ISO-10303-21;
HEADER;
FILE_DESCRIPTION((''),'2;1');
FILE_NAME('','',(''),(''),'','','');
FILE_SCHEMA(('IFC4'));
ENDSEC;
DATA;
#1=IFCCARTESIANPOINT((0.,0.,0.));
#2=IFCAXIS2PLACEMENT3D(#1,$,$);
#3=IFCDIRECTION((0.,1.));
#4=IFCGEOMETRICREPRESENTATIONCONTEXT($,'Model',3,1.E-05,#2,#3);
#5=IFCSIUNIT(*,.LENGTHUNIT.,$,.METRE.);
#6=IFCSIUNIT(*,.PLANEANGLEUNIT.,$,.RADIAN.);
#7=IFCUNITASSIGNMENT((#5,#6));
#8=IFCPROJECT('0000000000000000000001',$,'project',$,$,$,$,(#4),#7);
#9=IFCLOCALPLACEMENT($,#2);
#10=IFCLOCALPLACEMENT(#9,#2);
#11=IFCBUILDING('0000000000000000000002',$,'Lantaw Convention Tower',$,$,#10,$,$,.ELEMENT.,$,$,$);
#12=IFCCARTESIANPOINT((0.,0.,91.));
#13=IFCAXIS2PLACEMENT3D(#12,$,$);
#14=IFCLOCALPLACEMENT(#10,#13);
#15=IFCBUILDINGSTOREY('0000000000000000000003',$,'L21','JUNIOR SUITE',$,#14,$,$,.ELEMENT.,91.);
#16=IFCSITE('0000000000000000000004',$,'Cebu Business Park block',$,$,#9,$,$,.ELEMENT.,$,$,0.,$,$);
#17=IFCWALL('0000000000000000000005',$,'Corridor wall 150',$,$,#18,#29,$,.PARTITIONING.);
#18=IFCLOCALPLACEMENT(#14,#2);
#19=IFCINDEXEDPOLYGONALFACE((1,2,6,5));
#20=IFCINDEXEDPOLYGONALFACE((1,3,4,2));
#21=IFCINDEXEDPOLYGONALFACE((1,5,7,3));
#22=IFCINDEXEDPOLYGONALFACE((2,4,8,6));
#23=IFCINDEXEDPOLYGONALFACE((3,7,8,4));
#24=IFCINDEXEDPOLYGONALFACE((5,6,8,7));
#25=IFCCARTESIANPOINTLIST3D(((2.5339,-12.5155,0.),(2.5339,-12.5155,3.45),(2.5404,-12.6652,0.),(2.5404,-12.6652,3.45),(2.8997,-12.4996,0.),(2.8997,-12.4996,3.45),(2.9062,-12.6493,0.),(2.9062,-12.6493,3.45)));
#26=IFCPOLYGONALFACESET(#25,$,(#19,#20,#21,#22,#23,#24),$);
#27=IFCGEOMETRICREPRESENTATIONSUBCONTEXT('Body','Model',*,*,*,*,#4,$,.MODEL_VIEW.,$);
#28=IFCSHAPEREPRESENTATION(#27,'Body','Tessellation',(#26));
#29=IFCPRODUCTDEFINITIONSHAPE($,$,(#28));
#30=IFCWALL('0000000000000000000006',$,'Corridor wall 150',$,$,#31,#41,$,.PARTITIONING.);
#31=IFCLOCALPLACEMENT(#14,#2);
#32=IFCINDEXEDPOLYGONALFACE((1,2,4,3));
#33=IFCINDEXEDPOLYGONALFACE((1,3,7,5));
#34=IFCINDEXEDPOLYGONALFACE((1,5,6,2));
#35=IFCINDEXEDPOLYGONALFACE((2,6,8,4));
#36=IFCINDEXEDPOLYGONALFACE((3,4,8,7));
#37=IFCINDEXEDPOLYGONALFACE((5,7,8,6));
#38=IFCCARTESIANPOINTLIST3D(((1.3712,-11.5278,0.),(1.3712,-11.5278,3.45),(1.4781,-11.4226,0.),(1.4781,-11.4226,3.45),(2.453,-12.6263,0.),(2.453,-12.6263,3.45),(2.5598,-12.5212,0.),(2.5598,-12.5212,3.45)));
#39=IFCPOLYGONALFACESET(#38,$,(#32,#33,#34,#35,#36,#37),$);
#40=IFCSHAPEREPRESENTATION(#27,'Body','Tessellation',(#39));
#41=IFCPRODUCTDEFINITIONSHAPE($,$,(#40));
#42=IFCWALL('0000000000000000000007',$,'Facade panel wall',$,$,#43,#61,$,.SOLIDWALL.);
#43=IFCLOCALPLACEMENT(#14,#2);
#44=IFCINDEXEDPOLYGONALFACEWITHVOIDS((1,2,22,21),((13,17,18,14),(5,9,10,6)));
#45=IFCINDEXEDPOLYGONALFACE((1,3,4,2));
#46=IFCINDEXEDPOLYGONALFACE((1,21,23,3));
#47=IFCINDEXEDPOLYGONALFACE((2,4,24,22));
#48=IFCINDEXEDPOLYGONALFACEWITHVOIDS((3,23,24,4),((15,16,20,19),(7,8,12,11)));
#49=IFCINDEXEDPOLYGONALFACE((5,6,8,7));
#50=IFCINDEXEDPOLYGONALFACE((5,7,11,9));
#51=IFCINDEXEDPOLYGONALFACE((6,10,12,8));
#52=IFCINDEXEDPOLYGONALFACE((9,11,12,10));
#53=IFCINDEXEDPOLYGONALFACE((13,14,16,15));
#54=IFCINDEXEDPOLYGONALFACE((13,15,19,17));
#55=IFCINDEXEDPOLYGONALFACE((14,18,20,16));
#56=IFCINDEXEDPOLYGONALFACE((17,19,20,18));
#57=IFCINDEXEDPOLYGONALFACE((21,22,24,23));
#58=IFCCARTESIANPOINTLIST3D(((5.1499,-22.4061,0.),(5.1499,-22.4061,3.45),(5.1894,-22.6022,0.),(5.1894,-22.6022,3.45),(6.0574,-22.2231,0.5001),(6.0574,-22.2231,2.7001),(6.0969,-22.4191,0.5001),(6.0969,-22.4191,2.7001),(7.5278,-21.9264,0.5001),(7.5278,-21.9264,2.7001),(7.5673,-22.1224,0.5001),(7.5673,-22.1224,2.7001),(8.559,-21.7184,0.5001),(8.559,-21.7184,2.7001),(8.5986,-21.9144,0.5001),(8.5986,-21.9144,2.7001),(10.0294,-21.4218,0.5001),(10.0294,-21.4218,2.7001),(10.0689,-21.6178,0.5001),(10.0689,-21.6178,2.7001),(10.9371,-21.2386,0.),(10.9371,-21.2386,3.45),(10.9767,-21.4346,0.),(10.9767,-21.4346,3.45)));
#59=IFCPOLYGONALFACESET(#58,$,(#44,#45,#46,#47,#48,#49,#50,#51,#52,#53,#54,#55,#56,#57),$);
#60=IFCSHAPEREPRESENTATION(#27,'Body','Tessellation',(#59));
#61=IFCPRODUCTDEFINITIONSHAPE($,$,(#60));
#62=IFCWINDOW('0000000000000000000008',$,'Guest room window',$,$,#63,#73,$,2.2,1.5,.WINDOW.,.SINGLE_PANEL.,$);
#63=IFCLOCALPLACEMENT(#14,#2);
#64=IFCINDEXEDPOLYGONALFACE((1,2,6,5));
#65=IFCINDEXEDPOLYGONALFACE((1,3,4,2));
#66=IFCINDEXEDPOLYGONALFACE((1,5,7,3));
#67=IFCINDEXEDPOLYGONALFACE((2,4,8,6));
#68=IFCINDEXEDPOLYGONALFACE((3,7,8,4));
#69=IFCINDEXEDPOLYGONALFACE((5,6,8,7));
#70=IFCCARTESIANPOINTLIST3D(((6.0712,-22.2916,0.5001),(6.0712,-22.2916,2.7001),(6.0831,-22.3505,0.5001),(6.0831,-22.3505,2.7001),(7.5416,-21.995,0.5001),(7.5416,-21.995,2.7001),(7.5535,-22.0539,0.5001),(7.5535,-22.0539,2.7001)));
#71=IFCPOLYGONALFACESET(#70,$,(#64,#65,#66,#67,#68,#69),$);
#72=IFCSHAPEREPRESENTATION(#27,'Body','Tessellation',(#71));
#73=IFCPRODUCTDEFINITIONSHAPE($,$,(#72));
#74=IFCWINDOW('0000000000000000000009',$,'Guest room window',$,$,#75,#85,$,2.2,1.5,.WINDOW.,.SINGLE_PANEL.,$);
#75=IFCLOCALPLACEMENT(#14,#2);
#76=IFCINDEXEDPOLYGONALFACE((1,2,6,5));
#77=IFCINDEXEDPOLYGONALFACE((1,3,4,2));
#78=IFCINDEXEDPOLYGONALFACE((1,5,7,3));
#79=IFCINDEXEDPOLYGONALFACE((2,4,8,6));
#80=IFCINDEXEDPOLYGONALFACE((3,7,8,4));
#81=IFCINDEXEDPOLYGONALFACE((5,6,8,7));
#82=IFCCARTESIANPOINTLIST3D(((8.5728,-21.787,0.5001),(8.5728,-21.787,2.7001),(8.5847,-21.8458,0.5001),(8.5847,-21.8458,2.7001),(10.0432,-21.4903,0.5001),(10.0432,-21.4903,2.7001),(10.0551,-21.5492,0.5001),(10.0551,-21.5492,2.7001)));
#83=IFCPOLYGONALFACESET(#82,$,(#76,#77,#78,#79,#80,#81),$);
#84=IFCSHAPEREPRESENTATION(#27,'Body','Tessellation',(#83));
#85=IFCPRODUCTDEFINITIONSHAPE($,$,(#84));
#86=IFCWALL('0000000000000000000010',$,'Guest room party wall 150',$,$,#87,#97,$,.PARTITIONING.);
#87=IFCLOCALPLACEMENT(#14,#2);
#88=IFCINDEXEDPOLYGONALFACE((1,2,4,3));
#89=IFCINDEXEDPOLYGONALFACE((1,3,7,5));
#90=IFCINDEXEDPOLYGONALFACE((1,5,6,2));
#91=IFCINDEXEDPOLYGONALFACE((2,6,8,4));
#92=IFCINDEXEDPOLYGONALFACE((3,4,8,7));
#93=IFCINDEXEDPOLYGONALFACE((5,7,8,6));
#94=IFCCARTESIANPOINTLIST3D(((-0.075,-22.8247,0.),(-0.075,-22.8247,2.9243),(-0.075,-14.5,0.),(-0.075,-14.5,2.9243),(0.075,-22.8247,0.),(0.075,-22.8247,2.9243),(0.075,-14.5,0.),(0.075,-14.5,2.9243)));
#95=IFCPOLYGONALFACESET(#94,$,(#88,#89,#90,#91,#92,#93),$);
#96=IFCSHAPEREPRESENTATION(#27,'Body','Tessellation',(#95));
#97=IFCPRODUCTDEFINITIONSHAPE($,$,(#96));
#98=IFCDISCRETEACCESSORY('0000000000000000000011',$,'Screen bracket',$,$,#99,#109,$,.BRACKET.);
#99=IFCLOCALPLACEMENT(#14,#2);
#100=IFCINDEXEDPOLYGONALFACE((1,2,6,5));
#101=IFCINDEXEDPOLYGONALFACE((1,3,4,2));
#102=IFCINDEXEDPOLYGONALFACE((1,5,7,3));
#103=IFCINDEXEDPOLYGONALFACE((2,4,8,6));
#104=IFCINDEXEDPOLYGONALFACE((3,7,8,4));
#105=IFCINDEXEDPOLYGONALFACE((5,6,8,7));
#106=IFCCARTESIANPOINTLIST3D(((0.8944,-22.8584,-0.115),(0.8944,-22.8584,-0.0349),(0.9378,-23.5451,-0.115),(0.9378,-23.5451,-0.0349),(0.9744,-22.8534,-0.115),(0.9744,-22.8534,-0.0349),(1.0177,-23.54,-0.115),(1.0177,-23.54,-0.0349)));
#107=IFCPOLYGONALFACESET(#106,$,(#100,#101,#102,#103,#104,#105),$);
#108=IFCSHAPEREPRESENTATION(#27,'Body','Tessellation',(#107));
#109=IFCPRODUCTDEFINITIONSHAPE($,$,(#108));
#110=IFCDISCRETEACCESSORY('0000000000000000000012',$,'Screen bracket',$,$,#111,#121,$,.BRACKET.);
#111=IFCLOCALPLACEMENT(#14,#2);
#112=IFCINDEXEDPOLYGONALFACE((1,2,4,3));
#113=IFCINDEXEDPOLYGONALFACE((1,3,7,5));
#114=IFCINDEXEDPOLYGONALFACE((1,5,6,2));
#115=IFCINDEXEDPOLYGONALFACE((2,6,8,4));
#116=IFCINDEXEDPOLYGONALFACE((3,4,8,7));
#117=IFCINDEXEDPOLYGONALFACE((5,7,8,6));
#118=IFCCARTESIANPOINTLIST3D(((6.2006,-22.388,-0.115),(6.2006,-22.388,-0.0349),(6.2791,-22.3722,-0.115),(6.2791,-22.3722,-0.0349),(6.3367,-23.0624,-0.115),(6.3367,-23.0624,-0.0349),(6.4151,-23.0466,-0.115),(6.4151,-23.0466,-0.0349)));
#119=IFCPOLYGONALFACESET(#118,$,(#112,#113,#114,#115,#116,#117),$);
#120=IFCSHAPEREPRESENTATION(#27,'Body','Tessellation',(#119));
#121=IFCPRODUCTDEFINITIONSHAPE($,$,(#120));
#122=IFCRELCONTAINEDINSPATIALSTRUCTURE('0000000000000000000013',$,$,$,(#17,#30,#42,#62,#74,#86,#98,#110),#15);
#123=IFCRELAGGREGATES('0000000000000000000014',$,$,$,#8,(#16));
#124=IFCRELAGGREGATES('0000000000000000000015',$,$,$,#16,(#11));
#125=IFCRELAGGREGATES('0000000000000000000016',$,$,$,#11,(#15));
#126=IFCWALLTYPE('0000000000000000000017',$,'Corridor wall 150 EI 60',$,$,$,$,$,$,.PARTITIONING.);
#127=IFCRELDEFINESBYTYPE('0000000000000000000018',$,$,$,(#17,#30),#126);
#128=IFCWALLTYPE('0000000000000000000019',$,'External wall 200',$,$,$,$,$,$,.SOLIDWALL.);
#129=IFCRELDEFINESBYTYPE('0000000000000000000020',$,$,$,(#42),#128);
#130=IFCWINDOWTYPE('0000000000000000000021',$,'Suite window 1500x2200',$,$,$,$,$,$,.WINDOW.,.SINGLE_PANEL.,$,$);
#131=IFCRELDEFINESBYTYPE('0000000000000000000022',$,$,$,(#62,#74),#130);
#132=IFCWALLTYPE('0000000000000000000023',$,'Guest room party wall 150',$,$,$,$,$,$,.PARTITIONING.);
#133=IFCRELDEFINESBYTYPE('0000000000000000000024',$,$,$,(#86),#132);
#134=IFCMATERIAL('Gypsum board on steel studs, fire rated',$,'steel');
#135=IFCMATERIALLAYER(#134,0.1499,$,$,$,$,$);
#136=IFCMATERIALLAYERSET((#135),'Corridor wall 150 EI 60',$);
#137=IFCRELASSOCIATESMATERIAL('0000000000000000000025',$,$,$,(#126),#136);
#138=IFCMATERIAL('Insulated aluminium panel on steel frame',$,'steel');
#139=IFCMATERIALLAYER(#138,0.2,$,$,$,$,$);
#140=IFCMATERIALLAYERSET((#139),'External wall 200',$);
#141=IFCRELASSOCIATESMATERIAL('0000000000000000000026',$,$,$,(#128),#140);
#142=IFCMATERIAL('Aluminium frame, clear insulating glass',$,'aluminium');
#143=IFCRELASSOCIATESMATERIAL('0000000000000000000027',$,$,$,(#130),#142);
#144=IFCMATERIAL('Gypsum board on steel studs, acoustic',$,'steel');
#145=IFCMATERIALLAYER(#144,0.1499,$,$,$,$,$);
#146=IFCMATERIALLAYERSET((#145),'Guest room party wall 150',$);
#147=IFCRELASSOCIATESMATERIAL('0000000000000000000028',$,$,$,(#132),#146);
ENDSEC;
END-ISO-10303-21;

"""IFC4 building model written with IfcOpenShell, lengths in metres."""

from ifc_helpers import new_model, si_unit, direction, frame, frame_2d, origin, origin_2d, place, context, subcontext, project, spatial, rectangle, extrude, material, layer, layer_set, type_object, element, fill, save


model = new_model("IFC4")

# Units and contexts
model_context = context("Model", 3, precision=1e-05, world=origin(), true_north=direction((0.0, 1.0)))
body_context = subcontext(model_context, "Body", "Model", "MODEL_VIEW")
ifc_project = project(units=[si_unit("LENGTHUNIT", "METRE"), si_unit("PLANEANGLEUNIT", "RADIAN")], contexts=[model_context])

# Site, building, storey
site_placement = place(None, origin())
site = spatial("IfcSite", under=ifc_project, at=site_placement, Name="Cebu Business Park block", CompositionType="ELEMENT", RefElevation=0.0)
building_placement = place(site_placement, origin())
building = spatial("IfcBuilding", under=site, at=building_placement, Name="Lantaw Convention Tower", CompositionType="ELEMENT")
storey_placement = place(building_placement, frame((0.0, 0.0, 91.0)))
storey = spatial("IfcBuildingStorey", under=building, at=storey_placement, Name="L21", Description="JUNIOR SUITE", CompositionType="ELEMENT", Elevation=91.0)

# Shared definitions
ifc_material_1 = material(Name="Gypsum board on steel studs, fire rated", Category="steel")
ifc_layer_1 = layer(ifc_material_1, 0.1499)
ifc_layer_set_1 = layer_set([ifc_layer_1], Name="Corridor wall 150 EI 60")
wall_type_1 = type_object("IfcWallType", Name="Corridor wall 150 EI 60", PredefinedType="PARTITIONING", material=ifc_layer_set_1)

# Walls
wall_1_placement = place(storey_placement, frame((2.5371, -12.5903, 0.0), z_axis=(0.0, 0.0, 1.0), x_axis=(0.999061, 0.043322, 0.0)))
element("IfcWall", 1, at=wall_1_placement, inside=storey, type_object=wall_type_1, Name="Corridor wall 150", PredefinedType="PARTITIONING", context=body_context, shape_type="SweptSolid", body=[
    extrude(rectangle(XDim=0.3662, YDim=0.1499, at=frame_2d((0.1831, 0.0))), origin(), (0.0, 0.0, 1.0), 3.45),
])
wall_2_placement = place(storey_placement, frame((1.4246, -11.4751, 0.0), z_axis=(0.0, 0.0, 1.0), x_axis=(0.701623, -0.712549, 0.0)))
element("IfcWall", 2, at=wall_2_placement, inside=storey, type_object=wall_type_1, Name="Corridor wall 150", PredefinedType="PARTITIONING", context=body_context, shape_type="SweptSolid", body=[
    extrude(rectangle(XDim=1.5417, YDim=0.1499, at=frame_2d((0.771, 0.0))), origin(), (0.0, 0.0, 1.0), 3.45),
])

# Wall, openings, windows
ifc_material_2 = material(Name="Insulated aluminium panel on steel frame", Category="steel")
ifc_layer_2 = layer(ifc_material_2, 0.2)
ifc_layer_set_2 = layer_set([ifc_layer_2], Name="External wall 200")
wall_type_2 = type_object("IfcWallType", Name="External wall 200", PredefinedType="SOLIDWALL", material=ifc_layer_set_2)
wall_3_placement = place(storey_placement, frame((5.1697, -22.5042, 0.0), z_axis=(0.0, 0.0, 1.0), x_axis=(0.980252, 0.197754, 0.0)))
wall_3 = element("IfcWall", 3, at=wall_3_placement, inside=storey, type_object=wall_type_2, Name="Facade panel wall", PredefinedType="SOLIDWALL", context=body_context, shape_type="SweptSolid", body=[
    extrude(rectangle(XDim=5.9038, YDim=0.2, at=frame_2d((2.9519, 0.0))), origin(), (0.0, 0.0, 1.0), 3.45),
])
opening_1_placement = place(wall_3_placement, frame((0.9258, 0.0, 0.5)))
opening_1 = element("IfcOpeningElement", 4, at=opening_1_placement, cuts=wall_3, PredefinedType="OPENING", context=body_context, shape_type="SweptSolid", body=[
    extrude(rectangle(XDim=1.5, YDim=2.2, at=frame_2d((0.75, 1.1001))), frame((0.0, 0.1099, 0.0), z_axis=(0.0, -1.0, 0.0), x_axis=(1.0, 0.0, 0.0)), (0.0, 0.0, 1.0), 0.22),
])
opening_2_placement = place(wall_3_placement, frame((3.4778, 0.0, 0.5)))
opening_2 = element("IfcOpeningElement", 5, at=opening_2_placement, cuts=wall_3, PredefinedType="OPENING", context=body_context, shape_type="SweptSolid", body=[
    extrude(rectangle(XDim=1.5, YDim=2.2, at=frame_2d((0.75, 1.1001))), frame((0.0, 0.1099, 0.0), z_axis=(0.0, -1.0, 0.0), x_axis=(1.0, 0.0, 0.0)), (0.0, 0.0, 1.0), 0.22),
])
ifc_material_3 = material(Name="Aluminium frame, clear insulating glass", Category="aluminium")
window_type = type_object("IfcWindowType", Name="Suite window 1500x2200", PartitioningType="SINGLE_PANEL", PredefinedType="WINDOW", material=ifc_material_3)
window_1_placement = place(opening_1_placement, origin())
window_1 = element("IfcWindow", 6, at=window_1_placement, inside=storey, type_object=window_type, Name="Guest room window", OverallHeight=2.2, OverallWidth=1.5, PartitioningType="SINGLE_PANEL", PredefinedType="WINDOW", context=body_context, shape_type="SweptSolid", body=[
    extrude(rectangle(XDim=1.5, YDim=2.2, at=frame_2d((0.75, 1.1001))), frame((0.0, 0.03, 0.0), z_axis=(0.0, -1.0, 0.0), x_axis=(1.0, 0.0, 0.0)), (0.0, 0.0, 1.0), 0.0601),
])
fill(opening_1, window_1)
window_2_placement = place(opening_2_placement, origin())
window_2 = element("IfcWindow", 7, at=window_2_placement, inside=storey, type_object=window_type, Name="Guest room window", OverallHeight=2.2, OverallWidth=1.5, PartitioningType="SINGLE_PANEL", PredefinedType="WINDOW", context=body_context, shape_type="SweptSolid", body=[
    extrude(rectangle(XDim=1.5, YDim=2.2, at=frame_2d((0.75, 1.1001))), frame((0.0, 0.03, 0.0), z_axis=(0.0, -1.0, 0.0), x_axis=(1.0, 0.0, 0.0)), (0.0, 0.0, 1.0), 0.0601),
])
fill(opening_2, window_2)

# Wall
ifc_material_4 = material(Name="Gypsum board on steel studs, acoustic", Category="steel")
ifc_layer_3 = layer(ifc_material_4, 0.1499)
ifc_layer_set_3 = layer_set([ifc_layer_3], Name="Guest room party wall 150")
wall_type_3 = type_object("IfcWallType", Name="Guest room party wall 150", PredefinedType="PARTITIONING", material=ifc_layer_set_3)
wall_4_placement = place(storey_placement, frame((0.0, -22.8247, 0.0), z_axis=(0.0, 0.0, 1.0), x_axis=(0.0, 1.0, 0.0)))
element("IfcWall", 8, at=wall_4_placement, inside=storey, type_object=wall_type_3, Name="Guest room party wall 150", PredefinedType="PARTITIONING", context=body_context, shape_type="SweptSolid", body=[
    extrude(rectangle(XDim=8.3247, YDim=0.1499, at=frame_2d((4.1624, 0.0))), origin(), (0.0, 0.0, 1.0), 2.9243),
])

# Discrete accessories
for number, where, z_axis, x_axis, name in (
    (9, (0.9561, -23.1992, -0.115), (0.0, 0.0, 1.0), (0.998016, 0.062958, 0.0), "Screen bracket"),
    (10, (6.3079, -22.7173, -0.115), (0.0, 0.0, 1.0), (0.980245, 0.197789, 0.0), "Screen bracket"),
):
    element("IfcDiscreteAccessory", number, at=place(storey_placement, frame(where, z_axis=z_axis, x_axis=x_axis)), inside=storey, Name=name, PredefinedType="BRACKET", context=body_context, shape_type="SweptSolid", body=[
        extrude(rectangle(XDim=0.0801, YDim=0.688, at=origin_2d()), origin(), (0.0, 0.0, 1.0), 0.0801),
    ])

save(model, "model.ifc")
